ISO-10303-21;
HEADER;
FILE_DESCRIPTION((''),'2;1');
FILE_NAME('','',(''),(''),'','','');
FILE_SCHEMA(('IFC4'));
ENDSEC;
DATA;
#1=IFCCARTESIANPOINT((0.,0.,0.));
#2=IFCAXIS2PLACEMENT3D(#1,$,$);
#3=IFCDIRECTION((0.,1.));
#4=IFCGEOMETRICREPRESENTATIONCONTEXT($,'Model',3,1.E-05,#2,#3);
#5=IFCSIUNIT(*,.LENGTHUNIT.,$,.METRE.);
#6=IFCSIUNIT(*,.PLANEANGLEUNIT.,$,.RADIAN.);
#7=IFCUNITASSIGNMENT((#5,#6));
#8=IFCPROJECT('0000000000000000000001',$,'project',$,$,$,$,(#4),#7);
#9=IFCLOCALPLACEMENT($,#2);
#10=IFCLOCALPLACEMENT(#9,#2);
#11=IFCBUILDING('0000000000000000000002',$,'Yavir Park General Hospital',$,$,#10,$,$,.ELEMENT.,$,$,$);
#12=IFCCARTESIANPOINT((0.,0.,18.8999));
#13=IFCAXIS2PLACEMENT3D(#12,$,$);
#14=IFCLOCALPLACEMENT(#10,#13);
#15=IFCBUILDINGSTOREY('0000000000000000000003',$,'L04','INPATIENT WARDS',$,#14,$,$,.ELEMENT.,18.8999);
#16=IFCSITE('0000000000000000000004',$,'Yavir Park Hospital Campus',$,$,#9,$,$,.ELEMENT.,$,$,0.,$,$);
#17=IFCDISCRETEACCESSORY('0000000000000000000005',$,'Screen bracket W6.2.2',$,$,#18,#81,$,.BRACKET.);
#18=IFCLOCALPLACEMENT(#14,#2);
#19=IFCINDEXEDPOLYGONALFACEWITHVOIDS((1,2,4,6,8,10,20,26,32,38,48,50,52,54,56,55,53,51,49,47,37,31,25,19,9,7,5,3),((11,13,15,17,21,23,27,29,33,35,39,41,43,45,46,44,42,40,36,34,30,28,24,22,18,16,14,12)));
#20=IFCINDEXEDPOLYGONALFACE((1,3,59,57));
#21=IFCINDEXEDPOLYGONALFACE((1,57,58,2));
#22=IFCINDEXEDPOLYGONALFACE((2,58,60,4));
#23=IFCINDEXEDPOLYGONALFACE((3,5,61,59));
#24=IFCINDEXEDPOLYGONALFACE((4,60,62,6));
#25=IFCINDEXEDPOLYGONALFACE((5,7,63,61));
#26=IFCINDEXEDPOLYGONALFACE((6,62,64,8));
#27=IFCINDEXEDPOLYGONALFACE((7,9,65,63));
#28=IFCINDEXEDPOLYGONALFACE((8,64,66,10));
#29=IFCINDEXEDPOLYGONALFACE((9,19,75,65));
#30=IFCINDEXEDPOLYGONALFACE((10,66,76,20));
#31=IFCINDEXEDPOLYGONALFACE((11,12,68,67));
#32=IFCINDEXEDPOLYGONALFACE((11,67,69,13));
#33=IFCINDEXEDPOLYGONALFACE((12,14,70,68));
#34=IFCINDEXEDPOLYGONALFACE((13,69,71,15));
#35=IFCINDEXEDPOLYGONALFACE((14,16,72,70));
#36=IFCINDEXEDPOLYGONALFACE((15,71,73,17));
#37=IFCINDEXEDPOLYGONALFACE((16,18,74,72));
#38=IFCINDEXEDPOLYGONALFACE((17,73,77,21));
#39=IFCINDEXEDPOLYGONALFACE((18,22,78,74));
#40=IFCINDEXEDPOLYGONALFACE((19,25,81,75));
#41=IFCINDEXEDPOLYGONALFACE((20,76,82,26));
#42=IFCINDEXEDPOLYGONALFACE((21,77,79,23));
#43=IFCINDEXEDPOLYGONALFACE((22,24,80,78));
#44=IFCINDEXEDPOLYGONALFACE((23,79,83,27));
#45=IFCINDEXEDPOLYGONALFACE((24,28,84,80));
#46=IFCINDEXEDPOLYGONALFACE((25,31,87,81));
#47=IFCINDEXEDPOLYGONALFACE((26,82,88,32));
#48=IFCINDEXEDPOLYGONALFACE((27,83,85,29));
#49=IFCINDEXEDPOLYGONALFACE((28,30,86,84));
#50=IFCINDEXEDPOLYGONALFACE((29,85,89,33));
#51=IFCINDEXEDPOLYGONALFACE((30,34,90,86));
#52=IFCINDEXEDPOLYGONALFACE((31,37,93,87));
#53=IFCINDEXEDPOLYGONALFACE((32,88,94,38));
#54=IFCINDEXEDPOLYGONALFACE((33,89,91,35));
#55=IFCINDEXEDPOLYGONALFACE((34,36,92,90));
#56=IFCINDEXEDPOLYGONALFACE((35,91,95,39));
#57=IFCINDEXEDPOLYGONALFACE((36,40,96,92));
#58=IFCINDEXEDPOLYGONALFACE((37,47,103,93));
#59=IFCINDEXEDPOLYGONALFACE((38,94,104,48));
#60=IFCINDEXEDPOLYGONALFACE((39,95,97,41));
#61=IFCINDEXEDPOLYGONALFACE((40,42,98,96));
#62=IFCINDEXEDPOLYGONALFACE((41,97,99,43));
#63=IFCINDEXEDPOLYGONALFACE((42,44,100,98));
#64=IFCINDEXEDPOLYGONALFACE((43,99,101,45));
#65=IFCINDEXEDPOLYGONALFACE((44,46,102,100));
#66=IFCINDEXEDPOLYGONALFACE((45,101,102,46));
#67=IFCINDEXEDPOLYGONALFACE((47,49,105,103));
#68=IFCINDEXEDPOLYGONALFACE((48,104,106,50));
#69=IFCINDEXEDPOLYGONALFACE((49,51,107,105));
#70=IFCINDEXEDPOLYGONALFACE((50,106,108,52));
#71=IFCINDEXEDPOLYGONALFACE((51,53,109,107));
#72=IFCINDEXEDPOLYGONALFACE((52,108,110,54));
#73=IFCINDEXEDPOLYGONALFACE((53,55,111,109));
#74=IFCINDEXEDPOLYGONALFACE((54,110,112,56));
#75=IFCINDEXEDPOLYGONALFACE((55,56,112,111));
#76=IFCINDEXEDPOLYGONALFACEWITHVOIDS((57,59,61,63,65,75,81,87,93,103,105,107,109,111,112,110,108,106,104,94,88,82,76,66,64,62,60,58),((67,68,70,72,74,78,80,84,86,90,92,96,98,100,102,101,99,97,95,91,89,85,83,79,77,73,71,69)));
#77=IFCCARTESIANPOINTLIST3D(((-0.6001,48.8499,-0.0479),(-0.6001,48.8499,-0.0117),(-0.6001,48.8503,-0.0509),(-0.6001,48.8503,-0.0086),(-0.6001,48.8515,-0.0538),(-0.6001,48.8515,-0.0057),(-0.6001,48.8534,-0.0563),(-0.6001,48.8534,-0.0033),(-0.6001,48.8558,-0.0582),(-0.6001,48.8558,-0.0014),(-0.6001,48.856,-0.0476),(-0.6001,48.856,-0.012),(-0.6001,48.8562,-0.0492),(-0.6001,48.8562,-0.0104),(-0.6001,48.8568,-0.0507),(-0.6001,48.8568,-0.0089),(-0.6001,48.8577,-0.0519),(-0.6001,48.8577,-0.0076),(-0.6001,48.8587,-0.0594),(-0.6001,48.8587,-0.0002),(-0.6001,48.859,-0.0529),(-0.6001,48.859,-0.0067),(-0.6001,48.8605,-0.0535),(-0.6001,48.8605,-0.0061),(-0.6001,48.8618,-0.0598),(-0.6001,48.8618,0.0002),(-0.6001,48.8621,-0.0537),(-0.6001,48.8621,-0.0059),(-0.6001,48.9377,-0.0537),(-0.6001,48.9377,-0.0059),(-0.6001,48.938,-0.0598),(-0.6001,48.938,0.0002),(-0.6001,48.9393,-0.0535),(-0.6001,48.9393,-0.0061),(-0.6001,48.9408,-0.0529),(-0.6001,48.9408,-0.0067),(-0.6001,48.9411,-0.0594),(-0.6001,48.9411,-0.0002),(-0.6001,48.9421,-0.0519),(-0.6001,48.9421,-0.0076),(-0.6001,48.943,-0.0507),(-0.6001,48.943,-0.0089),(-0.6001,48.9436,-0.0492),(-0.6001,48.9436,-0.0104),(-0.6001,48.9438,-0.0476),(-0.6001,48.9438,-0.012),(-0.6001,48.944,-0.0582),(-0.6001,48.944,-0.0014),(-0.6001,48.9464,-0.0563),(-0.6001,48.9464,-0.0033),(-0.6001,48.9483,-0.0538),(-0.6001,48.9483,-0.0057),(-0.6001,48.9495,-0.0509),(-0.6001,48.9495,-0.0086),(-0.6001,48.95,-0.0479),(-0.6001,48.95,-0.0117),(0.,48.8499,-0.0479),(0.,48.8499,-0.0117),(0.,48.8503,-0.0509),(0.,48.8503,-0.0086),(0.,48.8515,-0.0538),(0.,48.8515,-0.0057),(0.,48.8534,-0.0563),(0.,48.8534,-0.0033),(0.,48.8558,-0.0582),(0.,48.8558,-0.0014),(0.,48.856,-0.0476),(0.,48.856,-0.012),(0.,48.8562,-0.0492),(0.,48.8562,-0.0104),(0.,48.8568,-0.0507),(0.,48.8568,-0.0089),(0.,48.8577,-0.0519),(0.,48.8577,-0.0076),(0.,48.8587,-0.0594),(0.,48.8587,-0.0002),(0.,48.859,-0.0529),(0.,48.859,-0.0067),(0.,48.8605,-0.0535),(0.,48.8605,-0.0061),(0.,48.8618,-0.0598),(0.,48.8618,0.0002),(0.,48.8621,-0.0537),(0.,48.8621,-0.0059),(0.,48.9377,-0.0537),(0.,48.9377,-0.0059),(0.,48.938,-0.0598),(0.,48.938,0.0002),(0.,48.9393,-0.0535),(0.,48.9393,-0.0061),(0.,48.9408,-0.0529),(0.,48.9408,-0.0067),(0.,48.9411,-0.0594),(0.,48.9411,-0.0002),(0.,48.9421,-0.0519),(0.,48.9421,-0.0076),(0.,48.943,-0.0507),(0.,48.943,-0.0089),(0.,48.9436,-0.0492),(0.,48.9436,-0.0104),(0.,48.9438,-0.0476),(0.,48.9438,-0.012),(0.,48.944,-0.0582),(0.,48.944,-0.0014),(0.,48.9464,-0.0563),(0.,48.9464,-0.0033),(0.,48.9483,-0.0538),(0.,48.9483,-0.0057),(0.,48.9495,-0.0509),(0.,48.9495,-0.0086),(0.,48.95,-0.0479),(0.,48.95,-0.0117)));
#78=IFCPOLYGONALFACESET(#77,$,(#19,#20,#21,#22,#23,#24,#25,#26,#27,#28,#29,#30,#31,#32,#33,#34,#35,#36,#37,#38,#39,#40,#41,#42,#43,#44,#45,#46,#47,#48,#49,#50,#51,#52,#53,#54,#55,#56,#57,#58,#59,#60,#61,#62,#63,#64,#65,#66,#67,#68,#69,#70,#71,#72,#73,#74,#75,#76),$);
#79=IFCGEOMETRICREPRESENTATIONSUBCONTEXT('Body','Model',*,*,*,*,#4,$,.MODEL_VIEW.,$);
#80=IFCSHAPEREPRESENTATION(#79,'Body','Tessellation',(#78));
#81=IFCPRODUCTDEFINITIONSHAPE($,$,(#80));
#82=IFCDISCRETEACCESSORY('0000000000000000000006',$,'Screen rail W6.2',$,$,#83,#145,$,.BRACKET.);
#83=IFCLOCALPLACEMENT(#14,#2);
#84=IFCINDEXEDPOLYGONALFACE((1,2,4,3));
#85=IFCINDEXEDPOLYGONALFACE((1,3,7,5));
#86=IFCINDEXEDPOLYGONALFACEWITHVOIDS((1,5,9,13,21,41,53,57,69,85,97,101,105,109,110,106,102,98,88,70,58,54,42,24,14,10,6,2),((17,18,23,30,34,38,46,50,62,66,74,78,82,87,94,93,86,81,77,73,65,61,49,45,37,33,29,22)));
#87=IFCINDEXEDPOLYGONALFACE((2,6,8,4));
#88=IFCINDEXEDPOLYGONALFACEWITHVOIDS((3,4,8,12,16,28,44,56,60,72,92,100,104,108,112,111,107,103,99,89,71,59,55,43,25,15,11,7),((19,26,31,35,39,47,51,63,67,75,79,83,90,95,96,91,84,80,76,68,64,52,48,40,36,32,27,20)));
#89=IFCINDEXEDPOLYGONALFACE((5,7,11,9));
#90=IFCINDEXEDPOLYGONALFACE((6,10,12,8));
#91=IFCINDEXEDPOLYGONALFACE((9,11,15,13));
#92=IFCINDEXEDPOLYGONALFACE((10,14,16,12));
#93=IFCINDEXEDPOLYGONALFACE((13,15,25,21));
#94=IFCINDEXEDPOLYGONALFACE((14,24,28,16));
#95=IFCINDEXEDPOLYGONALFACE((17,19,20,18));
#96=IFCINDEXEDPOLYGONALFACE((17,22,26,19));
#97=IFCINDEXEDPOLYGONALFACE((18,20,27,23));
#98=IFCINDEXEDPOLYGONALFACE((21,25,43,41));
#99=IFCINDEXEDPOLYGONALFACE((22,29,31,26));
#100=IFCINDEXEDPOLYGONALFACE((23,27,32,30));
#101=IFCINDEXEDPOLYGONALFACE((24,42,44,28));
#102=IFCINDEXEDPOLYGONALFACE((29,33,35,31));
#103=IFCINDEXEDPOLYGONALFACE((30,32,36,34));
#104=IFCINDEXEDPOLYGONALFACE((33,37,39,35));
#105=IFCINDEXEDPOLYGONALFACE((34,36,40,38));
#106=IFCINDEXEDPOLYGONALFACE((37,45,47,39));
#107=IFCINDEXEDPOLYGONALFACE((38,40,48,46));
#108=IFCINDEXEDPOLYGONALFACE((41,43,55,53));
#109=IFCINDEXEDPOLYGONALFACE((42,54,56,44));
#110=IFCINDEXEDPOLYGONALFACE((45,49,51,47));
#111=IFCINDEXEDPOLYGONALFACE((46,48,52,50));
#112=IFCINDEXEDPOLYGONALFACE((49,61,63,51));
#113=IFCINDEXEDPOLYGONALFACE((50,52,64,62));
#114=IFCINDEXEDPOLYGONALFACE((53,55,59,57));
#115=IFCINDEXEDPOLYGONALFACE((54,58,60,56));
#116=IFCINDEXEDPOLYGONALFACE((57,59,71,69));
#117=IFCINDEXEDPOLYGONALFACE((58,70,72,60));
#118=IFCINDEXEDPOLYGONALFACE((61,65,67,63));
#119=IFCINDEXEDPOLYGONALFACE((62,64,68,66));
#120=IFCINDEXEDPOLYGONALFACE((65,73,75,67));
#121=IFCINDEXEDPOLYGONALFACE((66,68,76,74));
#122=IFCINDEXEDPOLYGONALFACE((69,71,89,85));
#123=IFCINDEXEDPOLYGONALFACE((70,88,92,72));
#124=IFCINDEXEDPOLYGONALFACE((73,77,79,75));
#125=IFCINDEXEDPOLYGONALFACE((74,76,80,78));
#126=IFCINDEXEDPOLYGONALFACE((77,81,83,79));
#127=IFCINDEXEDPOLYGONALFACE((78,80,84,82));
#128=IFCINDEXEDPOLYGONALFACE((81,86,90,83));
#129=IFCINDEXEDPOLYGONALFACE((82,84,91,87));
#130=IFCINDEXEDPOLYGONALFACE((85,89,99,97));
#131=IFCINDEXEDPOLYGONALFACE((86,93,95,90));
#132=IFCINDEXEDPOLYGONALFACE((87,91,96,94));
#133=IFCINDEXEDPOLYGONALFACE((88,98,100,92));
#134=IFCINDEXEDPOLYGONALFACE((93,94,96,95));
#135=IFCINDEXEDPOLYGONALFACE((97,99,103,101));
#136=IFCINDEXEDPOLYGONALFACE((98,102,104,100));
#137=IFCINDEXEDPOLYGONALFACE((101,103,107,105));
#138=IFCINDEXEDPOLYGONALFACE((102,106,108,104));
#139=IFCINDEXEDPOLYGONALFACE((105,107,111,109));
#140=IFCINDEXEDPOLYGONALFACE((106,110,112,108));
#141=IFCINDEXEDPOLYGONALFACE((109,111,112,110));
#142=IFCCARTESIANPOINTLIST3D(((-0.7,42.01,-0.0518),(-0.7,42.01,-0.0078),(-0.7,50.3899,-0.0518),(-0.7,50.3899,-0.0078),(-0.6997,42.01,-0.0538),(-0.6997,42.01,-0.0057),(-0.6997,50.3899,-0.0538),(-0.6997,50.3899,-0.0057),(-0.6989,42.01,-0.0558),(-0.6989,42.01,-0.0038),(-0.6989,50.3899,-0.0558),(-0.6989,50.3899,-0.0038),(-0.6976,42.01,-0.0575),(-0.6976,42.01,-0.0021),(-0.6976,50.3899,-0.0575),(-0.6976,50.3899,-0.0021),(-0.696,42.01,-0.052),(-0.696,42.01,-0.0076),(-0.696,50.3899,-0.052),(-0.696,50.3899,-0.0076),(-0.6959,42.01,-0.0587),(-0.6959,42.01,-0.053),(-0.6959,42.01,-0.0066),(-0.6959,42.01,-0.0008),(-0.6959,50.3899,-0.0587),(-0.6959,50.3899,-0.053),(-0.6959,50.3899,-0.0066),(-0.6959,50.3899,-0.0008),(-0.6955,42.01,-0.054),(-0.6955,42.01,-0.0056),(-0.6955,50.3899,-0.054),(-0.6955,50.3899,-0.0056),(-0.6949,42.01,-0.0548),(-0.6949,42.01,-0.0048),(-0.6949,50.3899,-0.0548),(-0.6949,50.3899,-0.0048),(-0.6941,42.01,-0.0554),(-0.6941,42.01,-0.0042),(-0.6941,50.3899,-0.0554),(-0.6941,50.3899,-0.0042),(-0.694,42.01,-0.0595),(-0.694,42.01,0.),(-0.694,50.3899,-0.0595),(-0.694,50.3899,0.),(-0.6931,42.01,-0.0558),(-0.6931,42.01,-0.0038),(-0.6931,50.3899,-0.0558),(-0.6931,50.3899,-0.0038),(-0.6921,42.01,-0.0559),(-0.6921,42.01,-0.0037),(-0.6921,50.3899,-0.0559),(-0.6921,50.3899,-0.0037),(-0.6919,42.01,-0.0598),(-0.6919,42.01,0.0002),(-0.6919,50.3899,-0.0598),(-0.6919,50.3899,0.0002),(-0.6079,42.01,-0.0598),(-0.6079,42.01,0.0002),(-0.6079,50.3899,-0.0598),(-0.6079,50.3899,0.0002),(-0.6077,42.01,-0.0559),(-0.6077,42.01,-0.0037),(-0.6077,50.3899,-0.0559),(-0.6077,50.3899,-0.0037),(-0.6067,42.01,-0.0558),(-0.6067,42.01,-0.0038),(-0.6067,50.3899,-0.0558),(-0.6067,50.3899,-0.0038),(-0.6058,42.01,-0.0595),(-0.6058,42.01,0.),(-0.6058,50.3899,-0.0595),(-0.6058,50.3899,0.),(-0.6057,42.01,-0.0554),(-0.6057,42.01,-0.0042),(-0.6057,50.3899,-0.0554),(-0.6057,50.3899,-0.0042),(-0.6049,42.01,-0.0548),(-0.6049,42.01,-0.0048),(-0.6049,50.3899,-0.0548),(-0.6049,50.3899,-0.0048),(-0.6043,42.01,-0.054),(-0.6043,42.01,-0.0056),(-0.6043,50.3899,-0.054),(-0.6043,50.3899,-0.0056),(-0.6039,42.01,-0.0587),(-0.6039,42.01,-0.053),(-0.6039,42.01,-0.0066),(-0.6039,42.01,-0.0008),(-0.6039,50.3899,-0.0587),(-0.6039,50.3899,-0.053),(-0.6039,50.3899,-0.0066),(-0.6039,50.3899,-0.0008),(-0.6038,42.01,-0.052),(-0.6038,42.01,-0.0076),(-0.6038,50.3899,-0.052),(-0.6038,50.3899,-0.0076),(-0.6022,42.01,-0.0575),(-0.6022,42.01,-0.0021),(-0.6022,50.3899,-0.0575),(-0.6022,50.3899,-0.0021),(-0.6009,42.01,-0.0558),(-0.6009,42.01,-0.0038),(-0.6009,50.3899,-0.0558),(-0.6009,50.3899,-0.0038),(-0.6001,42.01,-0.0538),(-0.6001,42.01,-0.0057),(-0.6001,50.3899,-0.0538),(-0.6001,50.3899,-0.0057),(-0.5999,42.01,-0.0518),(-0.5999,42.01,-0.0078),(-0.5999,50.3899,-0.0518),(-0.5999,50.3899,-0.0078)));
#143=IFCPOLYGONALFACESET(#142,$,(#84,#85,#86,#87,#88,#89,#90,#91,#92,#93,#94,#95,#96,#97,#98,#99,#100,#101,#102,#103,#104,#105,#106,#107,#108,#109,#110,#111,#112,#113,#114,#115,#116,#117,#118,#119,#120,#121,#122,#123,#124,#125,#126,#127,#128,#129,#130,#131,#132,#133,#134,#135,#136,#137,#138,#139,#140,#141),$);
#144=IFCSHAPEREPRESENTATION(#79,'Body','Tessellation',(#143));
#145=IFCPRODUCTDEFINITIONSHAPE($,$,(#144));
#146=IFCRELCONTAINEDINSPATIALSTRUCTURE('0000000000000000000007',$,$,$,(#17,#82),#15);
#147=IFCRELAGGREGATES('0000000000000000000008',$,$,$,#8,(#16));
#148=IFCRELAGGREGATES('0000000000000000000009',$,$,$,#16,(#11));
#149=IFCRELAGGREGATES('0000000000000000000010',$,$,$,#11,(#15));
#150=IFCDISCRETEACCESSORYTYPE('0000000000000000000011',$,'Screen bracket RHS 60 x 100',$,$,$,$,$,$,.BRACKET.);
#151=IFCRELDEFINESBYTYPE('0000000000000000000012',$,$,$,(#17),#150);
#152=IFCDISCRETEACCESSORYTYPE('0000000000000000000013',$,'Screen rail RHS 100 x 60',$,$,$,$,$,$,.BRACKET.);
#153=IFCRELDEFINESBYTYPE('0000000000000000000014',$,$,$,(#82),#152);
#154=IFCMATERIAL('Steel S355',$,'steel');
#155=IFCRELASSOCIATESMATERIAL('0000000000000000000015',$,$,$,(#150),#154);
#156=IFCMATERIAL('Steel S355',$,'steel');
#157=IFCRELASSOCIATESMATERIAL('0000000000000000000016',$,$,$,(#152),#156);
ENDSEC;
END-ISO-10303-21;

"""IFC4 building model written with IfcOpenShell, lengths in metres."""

from ifc_helpers import new_model, si_unit, direction, frame, origin, origin_2d, place, context, subcontext, project, spatial, hollow_rectangle, extrude, material, material_profile, profile_set, type_object, element, save


model = new_model("IFC4")

# Units and contexts
model_context = context("Model", 3, precision=1e-05, world=origin(), true_north=direction((0.0, 1.0)))
body_context = subcontext(model_context, "Body", "Model", "MODEL_VIEW")
ifc_project = project(units=[si_unit("LENGTHUNIT", "METRE"), si_unit("PLANEANGLEUNIT", "RADIAN")], contexts=[model_context])

# Site, building, storey
site_placement = place(None, origin())
site = spatial("IfcSite", under=ifc_project, at=site_placement, Name="Yavir Park Hospital Campus", CompositionType="ELEMENT", RefElevation=0.0)
building_placement = place(site_placement, origin())
building = spatial("IfcBuilding", under=site, at=building_placement, Name="Yavir Park General Hospital", CompositionType="ELEMENT")
storey_placement = place(building_placement, frame((0.0, 0.0, 18.8999)))
storey = spatial("IfcBuildingStorey", under=building, at=storey_placement, Name="L04", Description="INPATIENT WARDS", CompositionType="ELEMENT", Elevation=18.8999)

# Discrete accessories
ifc_material_1 = material(Name="Steel S355", Category="steel")
ifc_material_profile_1 = material_profile(ifc_material_1, hollow_rectangle(XDim=0.1001, YDim=0.0601, WallThickness=0.0061, InnerFilletRadius=0.0061, OuterFilletRadius=0.012, at=origin_2d()), Name="RHS60x100x6")
ifc_profile_set_1 = profile_set([ifc_material_profile_1], Name="Steel S355")
discrete_accessory_type_1 = type_object("IfcDiscreteAccessoryType", Name="Screen bracket RHS 60 x 100", PredefinedType="BRACKET", material=ifc_profile_set_1)
for number, where, z_axis, x_axis, name in (
    (1, (0.0, 48.8999, -0.0298), (-1.0, 0.0, 0.0), (0.0, -1.0, 0.0), "Screen bracket W6.2.2"),
):
    element("IfcDiscreteAccessory", number, at=place(storey_placement, frame(where, z_axis=z_axis, x_axis=x_axis)), inside=storey, type_object=discrete_accessory_type_1, Name=name, PredefinedType="BRACKET", context=body_context, shape_type="SweptSolid", body=[
        extrude(hollow_rectangle(XDim=0.1001, YDim=0.0601, WallThickness=0.0061, InnerFilletRadius=0.0061, OuterFilletRadius=0.012, at=origin_2d()), origin(), (0.0, 0.0, 1.0), 0.6001),
    ])
ifc_material_2 = material(Name="Steel S355", Category="steel")
ifc_material_profile_2 = material_profile(ifc_material_2, hollow_rectangle(XDim=0.1001, YDim=0.0601, WallThickness=0.0039, InnerFilletRadius=0.0039, OuterFilletRadius=0.0081, at=origin_2d()), Name="RHS60x100x4")
ifc_profile_set_2 = profile_set([ifc_material_profile_2], Name="Steel S355")
discrete_accessory_type_2 = type_object("IfcDiscreteAccessoryType", Name="Screen rail RHS 100 x 60", PredefinedType="BRACKET", material=ifc_profile_set_2)
discrete_accessory_placement = place(storey_placement, frame((-0.6499, 42.01, -0.0298), z_axis=(0.0, 1.0, 0.0), x_axis=(-1.0, 0.0, 0.0)))
element("IfcDiscreteAccessory", 2, at=discrete_accessory_placement, inside=storey, type_object=discrete_accessory_type_2, Name="Screen rail W6.2", PredefinedType="BRACKET", context=body_context, shape_type="SweptSolid", body=[
    extrude(hollow_rectangle(XDim=0.1001, YDim=0.0601, WallThickness=0.0039, InnerFilletRadius=0.0039, OuterFilletRadius=0.0081, at=origin_2d()), origin(), (0.0, 0.0, 1.0), 8.3799),
])

save(model, "model.ifc")
